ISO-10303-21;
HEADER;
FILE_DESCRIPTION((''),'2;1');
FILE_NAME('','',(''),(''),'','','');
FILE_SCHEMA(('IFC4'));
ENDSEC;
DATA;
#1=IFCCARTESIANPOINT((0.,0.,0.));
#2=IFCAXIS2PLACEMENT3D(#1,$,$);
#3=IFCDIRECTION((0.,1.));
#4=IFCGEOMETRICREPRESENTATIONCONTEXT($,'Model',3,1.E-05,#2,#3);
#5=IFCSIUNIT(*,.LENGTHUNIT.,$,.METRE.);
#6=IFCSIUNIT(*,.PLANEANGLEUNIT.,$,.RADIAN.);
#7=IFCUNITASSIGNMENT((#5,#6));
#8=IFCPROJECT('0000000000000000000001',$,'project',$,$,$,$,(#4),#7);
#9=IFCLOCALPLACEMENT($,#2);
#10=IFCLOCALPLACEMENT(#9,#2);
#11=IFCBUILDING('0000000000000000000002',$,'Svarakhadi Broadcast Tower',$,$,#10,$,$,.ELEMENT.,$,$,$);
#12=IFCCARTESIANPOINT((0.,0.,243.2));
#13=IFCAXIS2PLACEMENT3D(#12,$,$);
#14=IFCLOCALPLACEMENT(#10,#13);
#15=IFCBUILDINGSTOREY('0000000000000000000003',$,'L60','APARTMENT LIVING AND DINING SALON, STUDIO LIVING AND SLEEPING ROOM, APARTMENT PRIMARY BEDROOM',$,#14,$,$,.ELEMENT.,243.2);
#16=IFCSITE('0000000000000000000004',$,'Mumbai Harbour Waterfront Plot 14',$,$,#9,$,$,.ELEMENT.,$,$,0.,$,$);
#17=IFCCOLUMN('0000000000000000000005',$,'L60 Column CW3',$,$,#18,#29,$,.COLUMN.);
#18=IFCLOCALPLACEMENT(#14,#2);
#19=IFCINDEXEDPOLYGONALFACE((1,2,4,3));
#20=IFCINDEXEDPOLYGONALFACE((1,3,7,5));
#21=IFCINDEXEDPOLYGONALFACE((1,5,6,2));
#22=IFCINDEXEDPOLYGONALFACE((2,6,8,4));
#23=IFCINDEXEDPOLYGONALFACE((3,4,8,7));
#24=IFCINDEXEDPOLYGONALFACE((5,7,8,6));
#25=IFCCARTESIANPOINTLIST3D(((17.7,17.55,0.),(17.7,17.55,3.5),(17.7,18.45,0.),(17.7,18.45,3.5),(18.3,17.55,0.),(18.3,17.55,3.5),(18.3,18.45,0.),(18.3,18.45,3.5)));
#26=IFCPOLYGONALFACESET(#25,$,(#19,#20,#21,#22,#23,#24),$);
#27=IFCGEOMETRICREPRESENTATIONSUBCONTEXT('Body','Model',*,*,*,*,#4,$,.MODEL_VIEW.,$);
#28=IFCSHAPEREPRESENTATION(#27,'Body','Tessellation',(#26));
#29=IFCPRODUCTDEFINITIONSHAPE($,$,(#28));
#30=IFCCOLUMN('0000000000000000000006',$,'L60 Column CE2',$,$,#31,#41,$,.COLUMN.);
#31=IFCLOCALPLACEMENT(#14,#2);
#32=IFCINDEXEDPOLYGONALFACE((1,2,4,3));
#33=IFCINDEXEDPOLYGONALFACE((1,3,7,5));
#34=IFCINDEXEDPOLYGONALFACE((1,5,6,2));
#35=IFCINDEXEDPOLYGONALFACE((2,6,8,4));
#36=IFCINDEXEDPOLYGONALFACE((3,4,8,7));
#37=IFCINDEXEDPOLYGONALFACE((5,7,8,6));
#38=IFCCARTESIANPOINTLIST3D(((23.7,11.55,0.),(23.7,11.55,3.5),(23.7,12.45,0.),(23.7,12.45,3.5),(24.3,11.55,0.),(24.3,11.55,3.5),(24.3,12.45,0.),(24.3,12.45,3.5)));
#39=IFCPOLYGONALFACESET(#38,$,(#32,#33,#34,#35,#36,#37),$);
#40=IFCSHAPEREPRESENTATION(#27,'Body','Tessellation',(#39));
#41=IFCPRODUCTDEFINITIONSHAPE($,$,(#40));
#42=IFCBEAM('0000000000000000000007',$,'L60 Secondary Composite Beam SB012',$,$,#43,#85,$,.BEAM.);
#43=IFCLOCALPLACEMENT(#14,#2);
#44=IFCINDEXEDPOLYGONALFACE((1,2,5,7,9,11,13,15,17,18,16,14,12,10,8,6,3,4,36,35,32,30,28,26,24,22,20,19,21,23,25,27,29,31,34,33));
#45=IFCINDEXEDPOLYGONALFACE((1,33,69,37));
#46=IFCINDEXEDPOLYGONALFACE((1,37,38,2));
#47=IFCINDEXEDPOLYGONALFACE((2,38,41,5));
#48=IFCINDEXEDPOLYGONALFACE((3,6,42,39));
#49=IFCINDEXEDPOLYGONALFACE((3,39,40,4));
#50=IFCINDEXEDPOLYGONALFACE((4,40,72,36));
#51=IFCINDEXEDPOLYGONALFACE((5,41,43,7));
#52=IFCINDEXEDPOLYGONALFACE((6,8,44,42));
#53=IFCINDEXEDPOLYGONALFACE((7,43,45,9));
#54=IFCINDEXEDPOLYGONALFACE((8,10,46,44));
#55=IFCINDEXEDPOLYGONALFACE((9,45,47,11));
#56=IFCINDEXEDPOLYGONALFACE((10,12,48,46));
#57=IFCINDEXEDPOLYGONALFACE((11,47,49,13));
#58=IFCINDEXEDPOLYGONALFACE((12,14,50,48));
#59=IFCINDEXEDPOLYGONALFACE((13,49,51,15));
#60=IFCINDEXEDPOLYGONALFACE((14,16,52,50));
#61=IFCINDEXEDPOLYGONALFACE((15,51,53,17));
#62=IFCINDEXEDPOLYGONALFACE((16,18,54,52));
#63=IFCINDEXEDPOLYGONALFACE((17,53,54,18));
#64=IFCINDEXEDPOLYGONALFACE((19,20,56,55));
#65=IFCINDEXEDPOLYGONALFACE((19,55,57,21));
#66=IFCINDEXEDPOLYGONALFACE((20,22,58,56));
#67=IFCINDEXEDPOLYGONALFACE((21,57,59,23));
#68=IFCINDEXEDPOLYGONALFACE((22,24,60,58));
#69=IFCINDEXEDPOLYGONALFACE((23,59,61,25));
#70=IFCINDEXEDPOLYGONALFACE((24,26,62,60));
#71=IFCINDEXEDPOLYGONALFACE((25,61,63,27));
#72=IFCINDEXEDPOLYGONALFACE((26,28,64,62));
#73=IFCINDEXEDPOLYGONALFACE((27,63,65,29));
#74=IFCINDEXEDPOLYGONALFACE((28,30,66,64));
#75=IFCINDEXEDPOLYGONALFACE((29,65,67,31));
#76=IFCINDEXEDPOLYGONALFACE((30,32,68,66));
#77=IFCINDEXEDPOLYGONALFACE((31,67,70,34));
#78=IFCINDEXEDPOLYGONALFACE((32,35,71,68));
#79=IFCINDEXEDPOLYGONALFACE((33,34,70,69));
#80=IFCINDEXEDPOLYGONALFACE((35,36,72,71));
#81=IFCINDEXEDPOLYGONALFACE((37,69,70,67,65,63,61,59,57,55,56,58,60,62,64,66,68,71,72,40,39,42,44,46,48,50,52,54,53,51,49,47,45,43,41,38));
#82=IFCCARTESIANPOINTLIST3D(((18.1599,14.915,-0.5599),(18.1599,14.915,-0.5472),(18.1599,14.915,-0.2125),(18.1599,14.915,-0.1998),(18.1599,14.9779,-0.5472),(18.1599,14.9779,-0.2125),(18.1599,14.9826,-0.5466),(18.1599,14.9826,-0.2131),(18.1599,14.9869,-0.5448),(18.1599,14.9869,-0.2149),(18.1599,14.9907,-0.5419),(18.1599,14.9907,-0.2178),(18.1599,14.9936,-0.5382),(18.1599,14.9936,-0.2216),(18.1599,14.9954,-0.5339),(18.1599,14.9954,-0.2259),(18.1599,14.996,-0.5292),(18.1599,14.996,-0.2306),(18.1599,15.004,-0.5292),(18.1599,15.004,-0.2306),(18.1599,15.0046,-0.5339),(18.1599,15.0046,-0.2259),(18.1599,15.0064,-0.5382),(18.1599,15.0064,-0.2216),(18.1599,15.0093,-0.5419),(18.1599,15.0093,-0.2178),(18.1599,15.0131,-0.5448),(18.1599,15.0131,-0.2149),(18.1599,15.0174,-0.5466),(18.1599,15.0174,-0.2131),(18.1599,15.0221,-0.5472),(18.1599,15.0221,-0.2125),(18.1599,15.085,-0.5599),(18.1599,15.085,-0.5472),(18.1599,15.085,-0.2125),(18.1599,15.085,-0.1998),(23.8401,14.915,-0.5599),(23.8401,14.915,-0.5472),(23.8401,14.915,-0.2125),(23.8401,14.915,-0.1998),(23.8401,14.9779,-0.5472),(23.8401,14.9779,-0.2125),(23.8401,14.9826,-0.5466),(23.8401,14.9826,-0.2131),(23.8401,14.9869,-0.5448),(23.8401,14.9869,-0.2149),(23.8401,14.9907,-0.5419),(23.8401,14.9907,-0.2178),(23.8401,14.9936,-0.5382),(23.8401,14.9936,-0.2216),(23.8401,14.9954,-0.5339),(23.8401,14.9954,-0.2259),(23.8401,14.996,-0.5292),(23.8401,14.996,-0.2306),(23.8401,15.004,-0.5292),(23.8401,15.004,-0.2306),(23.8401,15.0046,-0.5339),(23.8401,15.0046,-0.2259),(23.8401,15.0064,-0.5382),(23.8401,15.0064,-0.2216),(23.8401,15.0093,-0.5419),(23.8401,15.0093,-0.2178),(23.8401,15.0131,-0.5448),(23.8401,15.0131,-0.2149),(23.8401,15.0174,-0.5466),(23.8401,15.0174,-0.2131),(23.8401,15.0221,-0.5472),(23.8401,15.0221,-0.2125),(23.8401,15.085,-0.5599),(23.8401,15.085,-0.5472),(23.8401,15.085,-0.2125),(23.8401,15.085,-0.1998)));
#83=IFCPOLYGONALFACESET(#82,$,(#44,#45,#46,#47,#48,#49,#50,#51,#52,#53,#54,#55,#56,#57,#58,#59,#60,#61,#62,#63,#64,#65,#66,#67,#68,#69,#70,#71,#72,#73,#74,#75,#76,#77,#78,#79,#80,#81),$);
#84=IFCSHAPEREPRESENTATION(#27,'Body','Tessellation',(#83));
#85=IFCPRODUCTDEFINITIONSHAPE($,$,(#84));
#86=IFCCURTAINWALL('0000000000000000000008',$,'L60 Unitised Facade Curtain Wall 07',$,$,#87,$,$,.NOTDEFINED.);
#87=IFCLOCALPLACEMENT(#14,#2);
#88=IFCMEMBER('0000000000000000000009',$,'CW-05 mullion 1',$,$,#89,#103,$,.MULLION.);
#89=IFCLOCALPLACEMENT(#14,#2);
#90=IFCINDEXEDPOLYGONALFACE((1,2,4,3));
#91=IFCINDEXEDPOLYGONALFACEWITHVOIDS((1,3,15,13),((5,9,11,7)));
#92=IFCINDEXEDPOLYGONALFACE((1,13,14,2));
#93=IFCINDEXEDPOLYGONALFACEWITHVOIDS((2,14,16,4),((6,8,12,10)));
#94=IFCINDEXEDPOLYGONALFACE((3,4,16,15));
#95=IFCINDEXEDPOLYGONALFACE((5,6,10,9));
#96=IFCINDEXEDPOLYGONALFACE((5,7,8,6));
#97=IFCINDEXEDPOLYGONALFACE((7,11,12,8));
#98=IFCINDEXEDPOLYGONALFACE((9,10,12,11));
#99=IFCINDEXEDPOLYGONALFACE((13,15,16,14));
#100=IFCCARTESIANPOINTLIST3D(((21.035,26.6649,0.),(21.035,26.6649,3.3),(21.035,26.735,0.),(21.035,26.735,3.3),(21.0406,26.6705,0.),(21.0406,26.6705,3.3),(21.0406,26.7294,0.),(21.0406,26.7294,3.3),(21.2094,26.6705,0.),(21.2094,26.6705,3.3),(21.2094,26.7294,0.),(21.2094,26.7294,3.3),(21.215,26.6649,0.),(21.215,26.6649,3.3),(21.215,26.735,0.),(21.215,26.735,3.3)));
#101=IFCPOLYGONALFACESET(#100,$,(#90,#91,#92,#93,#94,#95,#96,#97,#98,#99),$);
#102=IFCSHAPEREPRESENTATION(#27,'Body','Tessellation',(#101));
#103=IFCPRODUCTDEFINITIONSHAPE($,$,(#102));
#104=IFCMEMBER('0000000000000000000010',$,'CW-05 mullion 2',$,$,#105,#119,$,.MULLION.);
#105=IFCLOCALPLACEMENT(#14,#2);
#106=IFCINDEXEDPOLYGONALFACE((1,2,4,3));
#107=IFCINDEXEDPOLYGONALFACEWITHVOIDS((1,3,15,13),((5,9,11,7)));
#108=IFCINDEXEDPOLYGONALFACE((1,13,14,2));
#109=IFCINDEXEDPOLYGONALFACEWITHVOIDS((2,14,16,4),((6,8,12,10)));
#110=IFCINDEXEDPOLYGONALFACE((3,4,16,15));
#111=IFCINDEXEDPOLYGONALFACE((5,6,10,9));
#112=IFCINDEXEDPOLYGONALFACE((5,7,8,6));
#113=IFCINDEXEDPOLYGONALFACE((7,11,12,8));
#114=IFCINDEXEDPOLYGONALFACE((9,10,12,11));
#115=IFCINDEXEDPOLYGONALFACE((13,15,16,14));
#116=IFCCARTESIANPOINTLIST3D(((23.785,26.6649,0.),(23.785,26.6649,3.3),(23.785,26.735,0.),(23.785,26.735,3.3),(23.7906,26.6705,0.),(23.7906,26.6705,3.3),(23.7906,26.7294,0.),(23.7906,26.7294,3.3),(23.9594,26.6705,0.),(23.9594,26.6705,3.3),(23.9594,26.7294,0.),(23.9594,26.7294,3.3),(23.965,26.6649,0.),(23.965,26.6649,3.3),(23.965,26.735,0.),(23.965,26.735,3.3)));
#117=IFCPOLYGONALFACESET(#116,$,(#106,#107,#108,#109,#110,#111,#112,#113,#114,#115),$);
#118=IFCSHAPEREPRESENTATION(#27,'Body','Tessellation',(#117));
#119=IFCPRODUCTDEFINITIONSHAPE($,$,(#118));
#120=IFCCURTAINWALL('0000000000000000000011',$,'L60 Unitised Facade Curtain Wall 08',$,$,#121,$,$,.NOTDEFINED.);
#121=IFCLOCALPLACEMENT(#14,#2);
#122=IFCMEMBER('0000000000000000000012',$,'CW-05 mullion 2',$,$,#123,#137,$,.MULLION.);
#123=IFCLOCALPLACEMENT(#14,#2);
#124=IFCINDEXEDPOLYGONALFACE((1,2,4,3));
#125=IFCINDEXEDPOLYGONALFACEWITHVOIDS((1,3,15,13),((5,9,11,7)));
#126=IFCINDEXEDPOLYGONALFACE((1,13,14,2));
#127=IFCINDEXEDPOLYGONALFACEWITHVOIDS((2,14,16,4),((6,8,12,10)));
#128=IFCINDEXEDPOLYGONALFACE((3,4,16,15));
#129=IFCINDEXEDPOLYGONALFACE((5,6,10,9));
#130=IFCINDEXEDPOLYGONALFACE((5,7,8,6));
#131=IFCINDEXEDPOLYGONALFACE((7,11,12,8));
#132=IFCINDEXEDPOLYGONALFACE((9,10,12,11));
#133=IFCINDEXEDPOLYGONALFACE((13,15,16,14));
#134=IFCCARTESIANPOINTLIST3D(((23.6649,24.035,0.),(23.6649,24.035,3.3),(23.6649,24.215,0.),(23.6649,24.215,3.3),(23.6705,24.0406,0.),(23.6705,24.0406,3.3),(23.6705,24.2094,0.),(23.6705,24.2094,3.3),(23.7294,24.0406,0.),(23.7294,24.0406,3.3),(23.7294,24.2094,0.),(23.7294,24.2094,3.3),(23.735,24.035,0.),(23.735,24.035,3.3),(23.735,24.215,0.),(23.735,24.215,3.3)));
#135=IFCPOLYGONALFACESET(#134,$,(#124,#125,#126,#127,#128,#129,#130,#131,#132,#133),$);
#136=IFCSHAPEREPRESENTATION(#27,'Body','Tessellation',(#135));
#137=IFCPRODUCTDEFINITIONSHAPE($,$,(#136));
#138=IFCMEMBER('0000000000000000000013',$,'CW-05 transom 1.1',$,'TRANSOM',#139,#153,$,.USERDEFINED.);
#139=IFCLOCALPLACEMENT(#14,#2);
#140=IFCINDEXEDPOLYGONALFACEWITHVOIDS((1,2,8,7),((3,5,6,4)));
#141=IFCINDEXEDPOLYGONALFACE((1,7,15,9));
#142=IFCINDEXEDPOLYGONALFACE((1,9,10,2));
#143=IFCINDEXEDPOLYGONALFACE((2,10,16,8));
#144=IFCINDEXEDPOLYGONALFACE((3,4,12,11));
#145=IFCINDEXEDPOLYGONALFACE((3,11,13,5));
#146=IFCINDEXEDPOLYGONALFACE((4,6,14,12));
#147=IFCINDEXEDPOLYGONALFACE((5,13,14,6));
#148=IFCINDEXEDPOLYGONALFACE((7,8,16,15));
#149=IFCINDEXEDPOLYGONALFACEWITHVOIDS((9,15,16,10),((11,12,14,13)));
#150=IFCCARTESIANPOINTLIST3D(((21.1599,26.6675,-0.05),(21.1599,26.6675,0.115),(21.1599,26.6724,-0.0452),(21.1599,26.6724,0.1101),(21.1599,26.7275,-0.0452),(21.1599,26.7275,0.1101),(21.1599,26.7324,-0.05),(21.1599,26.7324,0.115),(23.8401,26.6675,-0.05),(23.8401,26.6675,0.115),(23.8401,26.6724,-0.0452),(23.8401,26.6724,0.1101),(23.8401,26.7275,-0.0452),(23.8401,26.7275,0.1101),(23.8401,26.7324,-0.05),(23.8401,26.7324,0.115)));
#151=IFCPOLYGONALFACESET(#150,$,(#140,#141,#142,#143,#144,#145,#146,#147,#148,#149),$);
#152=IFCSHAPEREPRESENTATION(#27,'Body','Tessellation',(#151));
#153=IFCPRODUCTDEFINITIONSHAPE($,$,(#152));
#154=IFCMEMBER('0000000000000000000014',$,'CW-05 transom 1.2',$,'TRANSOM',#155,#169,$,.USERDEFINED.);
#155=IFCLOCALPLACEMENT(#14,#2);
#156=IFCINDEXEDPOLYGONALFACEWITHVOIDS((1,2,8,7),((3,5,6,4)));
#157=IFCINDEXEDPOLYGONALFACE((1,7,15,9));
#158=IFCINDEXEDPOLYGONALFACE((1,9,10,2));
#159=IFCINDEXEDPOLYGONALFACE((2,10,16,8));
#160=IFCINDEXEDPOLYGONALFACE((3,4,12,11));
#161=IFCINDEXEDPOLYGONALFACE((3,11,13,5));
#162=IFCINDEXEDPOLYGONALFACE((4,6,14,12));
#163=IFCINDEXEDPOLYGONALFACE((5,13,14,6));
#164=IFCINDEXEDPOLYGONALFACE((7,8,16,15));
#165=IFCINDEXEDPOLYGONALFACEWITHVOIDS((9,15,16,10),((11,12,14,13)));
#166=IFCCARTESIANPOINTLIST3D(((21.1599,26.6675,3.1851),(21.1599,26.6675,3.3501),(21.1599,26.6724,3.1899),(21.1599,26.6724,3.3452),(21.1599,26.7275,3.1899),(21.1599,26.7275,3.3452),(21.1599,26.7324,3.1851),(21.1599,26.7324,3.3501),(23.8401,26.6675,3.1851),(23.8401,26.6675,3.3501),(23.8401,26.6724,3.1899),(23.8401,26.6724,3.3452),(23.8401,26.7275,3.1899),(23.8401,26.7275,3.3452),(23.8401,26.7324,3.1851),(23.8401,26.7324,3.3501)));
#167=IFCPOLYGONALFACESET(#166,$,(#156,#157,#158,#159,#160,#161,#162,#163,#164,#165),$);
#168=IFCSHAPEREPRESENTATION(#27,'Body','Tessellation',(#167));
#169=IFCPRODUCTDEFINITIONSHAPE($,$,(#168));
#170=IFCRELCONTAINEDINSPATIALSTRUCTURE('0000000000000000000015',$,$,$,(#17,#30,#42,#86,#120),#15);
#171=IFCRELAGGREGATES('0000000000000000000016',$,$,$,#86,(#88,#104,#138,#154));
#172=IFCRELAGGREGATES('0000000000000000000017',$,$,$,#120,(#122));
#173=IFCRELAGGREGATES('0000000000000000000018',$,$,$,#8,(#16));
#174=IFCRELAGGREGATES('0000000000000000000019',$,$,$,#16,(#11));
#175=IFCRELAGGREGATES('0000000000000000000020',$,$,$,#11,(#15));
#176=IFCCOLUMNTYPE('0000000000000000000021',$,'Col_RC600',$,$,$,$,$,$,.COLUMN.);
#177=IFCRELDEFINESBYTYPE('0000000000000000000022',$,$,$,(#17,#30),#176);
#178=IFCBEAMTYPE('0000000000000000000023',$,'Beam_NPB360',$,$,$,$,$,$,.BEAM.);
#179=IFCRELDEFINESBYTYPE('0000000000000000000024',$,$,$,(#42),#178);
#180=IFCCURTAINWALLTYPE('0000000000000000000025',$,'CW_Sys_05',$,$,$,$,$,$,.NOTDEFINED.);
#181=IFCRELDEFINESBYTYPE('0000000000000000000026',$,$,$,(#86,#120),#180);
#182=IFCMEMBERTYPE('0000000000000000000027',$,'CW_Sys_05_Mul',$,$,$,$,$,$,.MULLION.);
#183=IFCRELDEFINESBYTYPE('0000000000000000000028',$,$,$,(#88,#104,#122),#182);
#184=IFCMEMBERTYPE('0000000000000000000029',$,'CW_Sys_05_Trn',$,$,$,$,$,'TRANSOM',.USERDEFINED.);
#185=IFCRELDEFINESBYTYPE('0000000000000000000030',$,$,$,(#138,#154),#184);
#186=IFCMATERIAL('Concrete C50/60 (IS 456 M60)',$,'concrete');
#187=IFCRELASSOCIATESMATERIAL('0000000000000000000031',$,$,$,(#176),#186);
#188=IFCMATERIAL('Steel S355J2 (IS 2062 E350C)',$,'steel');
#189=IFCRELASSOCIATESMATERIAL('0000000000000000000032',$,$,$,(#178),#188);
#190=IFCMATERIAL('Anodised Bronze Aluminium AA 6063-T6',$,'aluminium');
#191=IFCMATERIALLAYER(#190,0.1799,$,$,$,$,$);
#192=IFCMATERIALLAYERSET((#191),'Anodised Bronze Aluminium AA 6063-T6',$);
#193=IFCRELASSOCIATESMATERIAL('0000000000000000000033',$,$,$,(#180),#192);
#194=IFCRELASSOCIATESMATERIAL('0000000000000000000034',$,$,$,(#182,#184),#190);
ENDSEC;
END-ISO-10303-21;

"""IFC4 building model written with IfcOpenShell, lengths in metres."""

from ifc_helpers import new_model, si_unit, direction, frame, origin, origin_2d, place, context, subcontext, project, spatial, rectangle, hollow_rectangle, i_section, extrude, material, layer, layer_set, material_profile, profile_set, type_object, element, aggregate, save


model = new_model("IFC4")

# Units and contexts
model_context = context("Model", 3, precision=1e-05, world=origin(), true_north=direction((0.0, 1.0)))
body_context = subcontext(model_context, "Body", "Model", "MODEL_VIEW")
ifc_project = project(units=[si_unit("LENGTHUNIT", "METRE"), si_unit("PLANEANGLEUNIT", "RADIAN")], contexts=[model_context])

# Site, building, storey
site_placement = place(None, origin())
site = spatial("IfcSite", under=ifc_project, at=site_placement, Name="Mumbai Harbour Waterfront Plot 14", CompositionType="ELEMENT", RefElevation=0.0)
building_placement = place(site_placement, origin())
building = spatial("IfcBuilding", under=site, at=building_placement, Name="Svarakhadi Broadcast Tower", CompositionType="ELEMENT")
storey_placement = place(building_placement, frame((0.0, 0.0, 243.2)))
storey = spatial("IfcBuildingStorey", under=building, at=storey_placement, Name="L60", Description="APARTMENT LIVING AND DINING SALON, STUDIO LIVING AND SLEEPING ROOM, APARTMENT PRIMARY BEDROOM", CompositionType="ELEMENT", Elevation=243.2)

# Columns
ifc_material_1 = material(Name="Concrete C50/60 (IS 456 M60)", Category="concrete")
ifc_material_profile_1 = material_profile(ifc_material_1, rectangle(XDim=0.6001, YDim=0.8999, at=origin_2d()), Name="RC 600x900")
ifc_profile_set_1 = profile_set([ifc_material_profile_1], Name="Concrete C50/60 (IS 456 M60)")
column_type = type_object("IfcColumnType", Name="Col_RC600", PredefinedType="COLUMN", material=ifc_profile_set_1)
for number, where, z_axis, x_axis, name in (
    (1, (18.0, 18.0, 0.0), (0.0, 0.0, 1.0), (1.0, 0.0, 0.0), "L60 Column CW3"),
    (2, (24.0, 12.0, 0.0), (0.0, 0.0, 1.0), (1.0, 0.0, 0.0), "L60 Column CE2"),
):
    element("IfcColumn", number, at=place(storey_placement, frame(where, z_axis=z_axis, x_axis=x_axis)), inside=storey, type_object=column_type, Name=name, PredefinedType="COLUMN", context=body_context, shape_type="SweptSolid", body=[
        extrude(rectangle(XDim=0.6001, YDim=0.8999, at=origin_2d()), origin(), (0.0, 0.0, 1.0), 3.5),
    ])

# Beam
ifc_material_2 = material(Name="Steel S355J2 (IS 2062 E350C)", Category="steel")
ifc_material_profile_2 = material_profile(ifc_material_2, i_section(OverallWidth=0.1699, OverallDepth=0.3601, WebThickness=0.0081, FlangeThickness=0.0127, FilletRadius=0.0181, at=origin_2d()), Name="NPB 360x170x57")
ifc_profile_set_2 = profile_set([ifc_material_profile_2], Name="Steel S355J2 (IS 2062 E350C)")
beam_type_1 = type_object("IfcBeamType", Name="Beam_NPB360", PredefinedType="BEAM", material=ifc_profile_set_2)
beam_1_placement = place(storey_placement, frame((18.1599, 15.0, -0.3799), z_axis=(1.0, 0.0, 0.0), x_axis=(0.0, 1.0, 0.0)))
element("IfcBeam", 3, at=beam_1_placement, inside=storey, type_object=beam_type_1, Name="L60 Secondary Composite Beam SB012", PredefinedType="BEAM", context=body_context, shape_type="SweptSolid", body=[
    extrude(i_section(OverallWidth=0.1699, OverallDepth=0.3601, WebThickness=0.0081, FlangeThickness=0.0127, FilletRadius=0.0181, at=origin_2d()), origin(), (0.0, 0.0, 1.0), 5.6802),
])

# Curtain wall, members
ifc_material_3 = material(Name="Anodised Bronze Aluminium AA 6063-T6", Category="aluminium")
ifc_layer_1 = layer(ifc_material_3, 0.1799)
ifc_layer_set_1 = layer_set([ifc_layer_1], Name="Anodised Bronze Aluminium AA 6063-T6")
curtain_wall_type = type_object("IfcCurtainWallType", Name="CW_Sys_05", PredefinedType="NOTDEFINED", material=ifc_layer_set_1)
curtain_wall_1_placement = place(storey_placement, origin())
curtain_wall_1 = element("IfcCurtainWall", 4, at=curtain_wall_1_placement, inside=storey, type_object=curtain_wall_type, Name="L60 Unitised Facade Curtain Wall 07", PredefinedType="NOTDEFINED")
ifc_material_profile_3 = material_profile(ifc_material_3, hollow_rectangle(XDim=0.0701, YDim=0.1799, WallThickness=0.0056, at=origin_2d()), Name="ALU MULLION 180x70x6")
ifc_profile_set_3 = profile_set([ifc_material_profile_3], Name="Anodised Bronze Aluminium AA 6063-T6")
member_type_1 = type_object("IfcMemberType", Name="CW_Sys_05_Mul", PredefinedType="MULLION", material=ifc_profile_set_3)
member_1_placement = place(storey_placement, frame((21.125, 26.7, 0.0), z_axis=(0.0, 0.0, 1.0), x_axis=(0.0, 1.0, 0.0)))
member_1 = element("IfcMember", 5, at=member_1_placement, type_object=member_type_1, Name="CW-05 mullion 1", PredefinedType="MULLION", context=body_context, shape_type="SweptSolid", body=[
    extrude(hollow_rectangle(XDim=0.0701, YDim=0.1799, WallThickness=0.0056, at=origin_2d()), origin(), (0.0, 0.0, 1.0), 3.3),
])
member_2_placement = place(storey_placement, frame((23.875, 26.7, 0.0), z_axis=(0.0, 0.0, 1.0), x_axis=(0.0, 1.0, 0.0)))
member_2 = element("IfcMember", 6, at=member_2_placement, type_object=member_type_1, Name="CW-05 mullion 2", PredefinedType="MULLION", context=body_context, shape_type="SweptSolid", body=[
    extrude(hollow_rectangle(XDim=0.0701, YDim=0.1799, WallThickness=0.0056, at=origin_2d()), origin(), (0.0, 0.0, 1.0), 3.3),
])

# Curtain wall, member
curtain_wall_2_placement = place(storey_placement, origin())
curtain_wall_2 = element("IfcCurtainWall", 7, at=curtain_wall_2_placement, inside=storey, type_object=curtain_wall_type, Name="L60 Unitised Facade Curtain Wall 08", PredefinedType="NOTDEFINED")
member_3_placement = place(storey_placement, frame((23.7, 24.125, 0.0), z_axis=(0.0, 0.0, 1.0), x_axis=(1.0, 0.0, 0.0)))
member_3 = element("IfcMember", 8, at=member_3_placement, type_object=member_type_1, Name="CW-05 mullion 2", PredefinedType="MULLION", context=body_context, shape_type="SweptSolid", body=[
    extrude(hollow_rectangle(XDim=0.0701, YDim=0.1799, WallThickness=0.0056, at=origin_2d()), origin(), (0.0, 0.0, 1.0), 3.3),
])

# Members
ifc_material_profile_4 = material_profile(ifc_material_3, hollow_rectangle(XDim=0.0649, YDim=0.165, WallThickness=0.0049, at=origin_2d()), Name="ALU TRANSOM 165x65x5")
ifc_profile_set_4 = profile_set([ifc_material_profile_4], Name="Anodised Bronze Aluminium AA 6063-T6")
member_type_2 = type_object("IfcMemberType", Name="CW_Sys_05_Trn", ElementType="TRANSOM", PredefinedType="USERDEFINED", material=ifc_profile_set_4)
member_4_placement = place(storey_placement, frame((21.1599, 26.7, 0.0325), z_axis=(1.0, 0.0, 0.0), x_axis=(0.0, 1.0, 0.0)))
member_4 = element("IfcMember", 9, at=member_4_placement, type_object=member_type_2, Name="CW-05 transom 1.1", ObjectType="TRANSOM", PredefinedType="USERDEFINED", context=body_context, shape_type="SweptSolid", body=[
    extrude(hollow_rectangle(XDim=0.0649, YDim=0.165, WallThickness=0.0049, at=origin_2d()), origin(), (0.0, 0.0, 1.0), 2.6802),
])
member_5_placement = place(storey_placement, frame((21.1599, 26.7, 3.2676), z_axis=(1.0, 0.0, 0.0), x_axis=(0.0, 1.0, 0.0)))
member_5 = element("IfcMember", 10, at=member_5_placement, type_object=member_type_2, Name="CW-05 transom 1.2", ObjectType="TRANSOM", PredefinedType="USERDEFINED", context=body_context, shape_type="SweptSolid", body=[
    extrude(hollow_rectangle(XDim=0.0649, YDim=0.165, WallThickness=0.0049, at=origin_2d()), origin(), (0.0, 0.0, 1.0), 2.6802),
])

aggregate(curtain_wall_1, [member_1, member_2, member_4, member_5])
aggregate(curtain_wall_2, [member_3])

save(model, "model.ifc")
